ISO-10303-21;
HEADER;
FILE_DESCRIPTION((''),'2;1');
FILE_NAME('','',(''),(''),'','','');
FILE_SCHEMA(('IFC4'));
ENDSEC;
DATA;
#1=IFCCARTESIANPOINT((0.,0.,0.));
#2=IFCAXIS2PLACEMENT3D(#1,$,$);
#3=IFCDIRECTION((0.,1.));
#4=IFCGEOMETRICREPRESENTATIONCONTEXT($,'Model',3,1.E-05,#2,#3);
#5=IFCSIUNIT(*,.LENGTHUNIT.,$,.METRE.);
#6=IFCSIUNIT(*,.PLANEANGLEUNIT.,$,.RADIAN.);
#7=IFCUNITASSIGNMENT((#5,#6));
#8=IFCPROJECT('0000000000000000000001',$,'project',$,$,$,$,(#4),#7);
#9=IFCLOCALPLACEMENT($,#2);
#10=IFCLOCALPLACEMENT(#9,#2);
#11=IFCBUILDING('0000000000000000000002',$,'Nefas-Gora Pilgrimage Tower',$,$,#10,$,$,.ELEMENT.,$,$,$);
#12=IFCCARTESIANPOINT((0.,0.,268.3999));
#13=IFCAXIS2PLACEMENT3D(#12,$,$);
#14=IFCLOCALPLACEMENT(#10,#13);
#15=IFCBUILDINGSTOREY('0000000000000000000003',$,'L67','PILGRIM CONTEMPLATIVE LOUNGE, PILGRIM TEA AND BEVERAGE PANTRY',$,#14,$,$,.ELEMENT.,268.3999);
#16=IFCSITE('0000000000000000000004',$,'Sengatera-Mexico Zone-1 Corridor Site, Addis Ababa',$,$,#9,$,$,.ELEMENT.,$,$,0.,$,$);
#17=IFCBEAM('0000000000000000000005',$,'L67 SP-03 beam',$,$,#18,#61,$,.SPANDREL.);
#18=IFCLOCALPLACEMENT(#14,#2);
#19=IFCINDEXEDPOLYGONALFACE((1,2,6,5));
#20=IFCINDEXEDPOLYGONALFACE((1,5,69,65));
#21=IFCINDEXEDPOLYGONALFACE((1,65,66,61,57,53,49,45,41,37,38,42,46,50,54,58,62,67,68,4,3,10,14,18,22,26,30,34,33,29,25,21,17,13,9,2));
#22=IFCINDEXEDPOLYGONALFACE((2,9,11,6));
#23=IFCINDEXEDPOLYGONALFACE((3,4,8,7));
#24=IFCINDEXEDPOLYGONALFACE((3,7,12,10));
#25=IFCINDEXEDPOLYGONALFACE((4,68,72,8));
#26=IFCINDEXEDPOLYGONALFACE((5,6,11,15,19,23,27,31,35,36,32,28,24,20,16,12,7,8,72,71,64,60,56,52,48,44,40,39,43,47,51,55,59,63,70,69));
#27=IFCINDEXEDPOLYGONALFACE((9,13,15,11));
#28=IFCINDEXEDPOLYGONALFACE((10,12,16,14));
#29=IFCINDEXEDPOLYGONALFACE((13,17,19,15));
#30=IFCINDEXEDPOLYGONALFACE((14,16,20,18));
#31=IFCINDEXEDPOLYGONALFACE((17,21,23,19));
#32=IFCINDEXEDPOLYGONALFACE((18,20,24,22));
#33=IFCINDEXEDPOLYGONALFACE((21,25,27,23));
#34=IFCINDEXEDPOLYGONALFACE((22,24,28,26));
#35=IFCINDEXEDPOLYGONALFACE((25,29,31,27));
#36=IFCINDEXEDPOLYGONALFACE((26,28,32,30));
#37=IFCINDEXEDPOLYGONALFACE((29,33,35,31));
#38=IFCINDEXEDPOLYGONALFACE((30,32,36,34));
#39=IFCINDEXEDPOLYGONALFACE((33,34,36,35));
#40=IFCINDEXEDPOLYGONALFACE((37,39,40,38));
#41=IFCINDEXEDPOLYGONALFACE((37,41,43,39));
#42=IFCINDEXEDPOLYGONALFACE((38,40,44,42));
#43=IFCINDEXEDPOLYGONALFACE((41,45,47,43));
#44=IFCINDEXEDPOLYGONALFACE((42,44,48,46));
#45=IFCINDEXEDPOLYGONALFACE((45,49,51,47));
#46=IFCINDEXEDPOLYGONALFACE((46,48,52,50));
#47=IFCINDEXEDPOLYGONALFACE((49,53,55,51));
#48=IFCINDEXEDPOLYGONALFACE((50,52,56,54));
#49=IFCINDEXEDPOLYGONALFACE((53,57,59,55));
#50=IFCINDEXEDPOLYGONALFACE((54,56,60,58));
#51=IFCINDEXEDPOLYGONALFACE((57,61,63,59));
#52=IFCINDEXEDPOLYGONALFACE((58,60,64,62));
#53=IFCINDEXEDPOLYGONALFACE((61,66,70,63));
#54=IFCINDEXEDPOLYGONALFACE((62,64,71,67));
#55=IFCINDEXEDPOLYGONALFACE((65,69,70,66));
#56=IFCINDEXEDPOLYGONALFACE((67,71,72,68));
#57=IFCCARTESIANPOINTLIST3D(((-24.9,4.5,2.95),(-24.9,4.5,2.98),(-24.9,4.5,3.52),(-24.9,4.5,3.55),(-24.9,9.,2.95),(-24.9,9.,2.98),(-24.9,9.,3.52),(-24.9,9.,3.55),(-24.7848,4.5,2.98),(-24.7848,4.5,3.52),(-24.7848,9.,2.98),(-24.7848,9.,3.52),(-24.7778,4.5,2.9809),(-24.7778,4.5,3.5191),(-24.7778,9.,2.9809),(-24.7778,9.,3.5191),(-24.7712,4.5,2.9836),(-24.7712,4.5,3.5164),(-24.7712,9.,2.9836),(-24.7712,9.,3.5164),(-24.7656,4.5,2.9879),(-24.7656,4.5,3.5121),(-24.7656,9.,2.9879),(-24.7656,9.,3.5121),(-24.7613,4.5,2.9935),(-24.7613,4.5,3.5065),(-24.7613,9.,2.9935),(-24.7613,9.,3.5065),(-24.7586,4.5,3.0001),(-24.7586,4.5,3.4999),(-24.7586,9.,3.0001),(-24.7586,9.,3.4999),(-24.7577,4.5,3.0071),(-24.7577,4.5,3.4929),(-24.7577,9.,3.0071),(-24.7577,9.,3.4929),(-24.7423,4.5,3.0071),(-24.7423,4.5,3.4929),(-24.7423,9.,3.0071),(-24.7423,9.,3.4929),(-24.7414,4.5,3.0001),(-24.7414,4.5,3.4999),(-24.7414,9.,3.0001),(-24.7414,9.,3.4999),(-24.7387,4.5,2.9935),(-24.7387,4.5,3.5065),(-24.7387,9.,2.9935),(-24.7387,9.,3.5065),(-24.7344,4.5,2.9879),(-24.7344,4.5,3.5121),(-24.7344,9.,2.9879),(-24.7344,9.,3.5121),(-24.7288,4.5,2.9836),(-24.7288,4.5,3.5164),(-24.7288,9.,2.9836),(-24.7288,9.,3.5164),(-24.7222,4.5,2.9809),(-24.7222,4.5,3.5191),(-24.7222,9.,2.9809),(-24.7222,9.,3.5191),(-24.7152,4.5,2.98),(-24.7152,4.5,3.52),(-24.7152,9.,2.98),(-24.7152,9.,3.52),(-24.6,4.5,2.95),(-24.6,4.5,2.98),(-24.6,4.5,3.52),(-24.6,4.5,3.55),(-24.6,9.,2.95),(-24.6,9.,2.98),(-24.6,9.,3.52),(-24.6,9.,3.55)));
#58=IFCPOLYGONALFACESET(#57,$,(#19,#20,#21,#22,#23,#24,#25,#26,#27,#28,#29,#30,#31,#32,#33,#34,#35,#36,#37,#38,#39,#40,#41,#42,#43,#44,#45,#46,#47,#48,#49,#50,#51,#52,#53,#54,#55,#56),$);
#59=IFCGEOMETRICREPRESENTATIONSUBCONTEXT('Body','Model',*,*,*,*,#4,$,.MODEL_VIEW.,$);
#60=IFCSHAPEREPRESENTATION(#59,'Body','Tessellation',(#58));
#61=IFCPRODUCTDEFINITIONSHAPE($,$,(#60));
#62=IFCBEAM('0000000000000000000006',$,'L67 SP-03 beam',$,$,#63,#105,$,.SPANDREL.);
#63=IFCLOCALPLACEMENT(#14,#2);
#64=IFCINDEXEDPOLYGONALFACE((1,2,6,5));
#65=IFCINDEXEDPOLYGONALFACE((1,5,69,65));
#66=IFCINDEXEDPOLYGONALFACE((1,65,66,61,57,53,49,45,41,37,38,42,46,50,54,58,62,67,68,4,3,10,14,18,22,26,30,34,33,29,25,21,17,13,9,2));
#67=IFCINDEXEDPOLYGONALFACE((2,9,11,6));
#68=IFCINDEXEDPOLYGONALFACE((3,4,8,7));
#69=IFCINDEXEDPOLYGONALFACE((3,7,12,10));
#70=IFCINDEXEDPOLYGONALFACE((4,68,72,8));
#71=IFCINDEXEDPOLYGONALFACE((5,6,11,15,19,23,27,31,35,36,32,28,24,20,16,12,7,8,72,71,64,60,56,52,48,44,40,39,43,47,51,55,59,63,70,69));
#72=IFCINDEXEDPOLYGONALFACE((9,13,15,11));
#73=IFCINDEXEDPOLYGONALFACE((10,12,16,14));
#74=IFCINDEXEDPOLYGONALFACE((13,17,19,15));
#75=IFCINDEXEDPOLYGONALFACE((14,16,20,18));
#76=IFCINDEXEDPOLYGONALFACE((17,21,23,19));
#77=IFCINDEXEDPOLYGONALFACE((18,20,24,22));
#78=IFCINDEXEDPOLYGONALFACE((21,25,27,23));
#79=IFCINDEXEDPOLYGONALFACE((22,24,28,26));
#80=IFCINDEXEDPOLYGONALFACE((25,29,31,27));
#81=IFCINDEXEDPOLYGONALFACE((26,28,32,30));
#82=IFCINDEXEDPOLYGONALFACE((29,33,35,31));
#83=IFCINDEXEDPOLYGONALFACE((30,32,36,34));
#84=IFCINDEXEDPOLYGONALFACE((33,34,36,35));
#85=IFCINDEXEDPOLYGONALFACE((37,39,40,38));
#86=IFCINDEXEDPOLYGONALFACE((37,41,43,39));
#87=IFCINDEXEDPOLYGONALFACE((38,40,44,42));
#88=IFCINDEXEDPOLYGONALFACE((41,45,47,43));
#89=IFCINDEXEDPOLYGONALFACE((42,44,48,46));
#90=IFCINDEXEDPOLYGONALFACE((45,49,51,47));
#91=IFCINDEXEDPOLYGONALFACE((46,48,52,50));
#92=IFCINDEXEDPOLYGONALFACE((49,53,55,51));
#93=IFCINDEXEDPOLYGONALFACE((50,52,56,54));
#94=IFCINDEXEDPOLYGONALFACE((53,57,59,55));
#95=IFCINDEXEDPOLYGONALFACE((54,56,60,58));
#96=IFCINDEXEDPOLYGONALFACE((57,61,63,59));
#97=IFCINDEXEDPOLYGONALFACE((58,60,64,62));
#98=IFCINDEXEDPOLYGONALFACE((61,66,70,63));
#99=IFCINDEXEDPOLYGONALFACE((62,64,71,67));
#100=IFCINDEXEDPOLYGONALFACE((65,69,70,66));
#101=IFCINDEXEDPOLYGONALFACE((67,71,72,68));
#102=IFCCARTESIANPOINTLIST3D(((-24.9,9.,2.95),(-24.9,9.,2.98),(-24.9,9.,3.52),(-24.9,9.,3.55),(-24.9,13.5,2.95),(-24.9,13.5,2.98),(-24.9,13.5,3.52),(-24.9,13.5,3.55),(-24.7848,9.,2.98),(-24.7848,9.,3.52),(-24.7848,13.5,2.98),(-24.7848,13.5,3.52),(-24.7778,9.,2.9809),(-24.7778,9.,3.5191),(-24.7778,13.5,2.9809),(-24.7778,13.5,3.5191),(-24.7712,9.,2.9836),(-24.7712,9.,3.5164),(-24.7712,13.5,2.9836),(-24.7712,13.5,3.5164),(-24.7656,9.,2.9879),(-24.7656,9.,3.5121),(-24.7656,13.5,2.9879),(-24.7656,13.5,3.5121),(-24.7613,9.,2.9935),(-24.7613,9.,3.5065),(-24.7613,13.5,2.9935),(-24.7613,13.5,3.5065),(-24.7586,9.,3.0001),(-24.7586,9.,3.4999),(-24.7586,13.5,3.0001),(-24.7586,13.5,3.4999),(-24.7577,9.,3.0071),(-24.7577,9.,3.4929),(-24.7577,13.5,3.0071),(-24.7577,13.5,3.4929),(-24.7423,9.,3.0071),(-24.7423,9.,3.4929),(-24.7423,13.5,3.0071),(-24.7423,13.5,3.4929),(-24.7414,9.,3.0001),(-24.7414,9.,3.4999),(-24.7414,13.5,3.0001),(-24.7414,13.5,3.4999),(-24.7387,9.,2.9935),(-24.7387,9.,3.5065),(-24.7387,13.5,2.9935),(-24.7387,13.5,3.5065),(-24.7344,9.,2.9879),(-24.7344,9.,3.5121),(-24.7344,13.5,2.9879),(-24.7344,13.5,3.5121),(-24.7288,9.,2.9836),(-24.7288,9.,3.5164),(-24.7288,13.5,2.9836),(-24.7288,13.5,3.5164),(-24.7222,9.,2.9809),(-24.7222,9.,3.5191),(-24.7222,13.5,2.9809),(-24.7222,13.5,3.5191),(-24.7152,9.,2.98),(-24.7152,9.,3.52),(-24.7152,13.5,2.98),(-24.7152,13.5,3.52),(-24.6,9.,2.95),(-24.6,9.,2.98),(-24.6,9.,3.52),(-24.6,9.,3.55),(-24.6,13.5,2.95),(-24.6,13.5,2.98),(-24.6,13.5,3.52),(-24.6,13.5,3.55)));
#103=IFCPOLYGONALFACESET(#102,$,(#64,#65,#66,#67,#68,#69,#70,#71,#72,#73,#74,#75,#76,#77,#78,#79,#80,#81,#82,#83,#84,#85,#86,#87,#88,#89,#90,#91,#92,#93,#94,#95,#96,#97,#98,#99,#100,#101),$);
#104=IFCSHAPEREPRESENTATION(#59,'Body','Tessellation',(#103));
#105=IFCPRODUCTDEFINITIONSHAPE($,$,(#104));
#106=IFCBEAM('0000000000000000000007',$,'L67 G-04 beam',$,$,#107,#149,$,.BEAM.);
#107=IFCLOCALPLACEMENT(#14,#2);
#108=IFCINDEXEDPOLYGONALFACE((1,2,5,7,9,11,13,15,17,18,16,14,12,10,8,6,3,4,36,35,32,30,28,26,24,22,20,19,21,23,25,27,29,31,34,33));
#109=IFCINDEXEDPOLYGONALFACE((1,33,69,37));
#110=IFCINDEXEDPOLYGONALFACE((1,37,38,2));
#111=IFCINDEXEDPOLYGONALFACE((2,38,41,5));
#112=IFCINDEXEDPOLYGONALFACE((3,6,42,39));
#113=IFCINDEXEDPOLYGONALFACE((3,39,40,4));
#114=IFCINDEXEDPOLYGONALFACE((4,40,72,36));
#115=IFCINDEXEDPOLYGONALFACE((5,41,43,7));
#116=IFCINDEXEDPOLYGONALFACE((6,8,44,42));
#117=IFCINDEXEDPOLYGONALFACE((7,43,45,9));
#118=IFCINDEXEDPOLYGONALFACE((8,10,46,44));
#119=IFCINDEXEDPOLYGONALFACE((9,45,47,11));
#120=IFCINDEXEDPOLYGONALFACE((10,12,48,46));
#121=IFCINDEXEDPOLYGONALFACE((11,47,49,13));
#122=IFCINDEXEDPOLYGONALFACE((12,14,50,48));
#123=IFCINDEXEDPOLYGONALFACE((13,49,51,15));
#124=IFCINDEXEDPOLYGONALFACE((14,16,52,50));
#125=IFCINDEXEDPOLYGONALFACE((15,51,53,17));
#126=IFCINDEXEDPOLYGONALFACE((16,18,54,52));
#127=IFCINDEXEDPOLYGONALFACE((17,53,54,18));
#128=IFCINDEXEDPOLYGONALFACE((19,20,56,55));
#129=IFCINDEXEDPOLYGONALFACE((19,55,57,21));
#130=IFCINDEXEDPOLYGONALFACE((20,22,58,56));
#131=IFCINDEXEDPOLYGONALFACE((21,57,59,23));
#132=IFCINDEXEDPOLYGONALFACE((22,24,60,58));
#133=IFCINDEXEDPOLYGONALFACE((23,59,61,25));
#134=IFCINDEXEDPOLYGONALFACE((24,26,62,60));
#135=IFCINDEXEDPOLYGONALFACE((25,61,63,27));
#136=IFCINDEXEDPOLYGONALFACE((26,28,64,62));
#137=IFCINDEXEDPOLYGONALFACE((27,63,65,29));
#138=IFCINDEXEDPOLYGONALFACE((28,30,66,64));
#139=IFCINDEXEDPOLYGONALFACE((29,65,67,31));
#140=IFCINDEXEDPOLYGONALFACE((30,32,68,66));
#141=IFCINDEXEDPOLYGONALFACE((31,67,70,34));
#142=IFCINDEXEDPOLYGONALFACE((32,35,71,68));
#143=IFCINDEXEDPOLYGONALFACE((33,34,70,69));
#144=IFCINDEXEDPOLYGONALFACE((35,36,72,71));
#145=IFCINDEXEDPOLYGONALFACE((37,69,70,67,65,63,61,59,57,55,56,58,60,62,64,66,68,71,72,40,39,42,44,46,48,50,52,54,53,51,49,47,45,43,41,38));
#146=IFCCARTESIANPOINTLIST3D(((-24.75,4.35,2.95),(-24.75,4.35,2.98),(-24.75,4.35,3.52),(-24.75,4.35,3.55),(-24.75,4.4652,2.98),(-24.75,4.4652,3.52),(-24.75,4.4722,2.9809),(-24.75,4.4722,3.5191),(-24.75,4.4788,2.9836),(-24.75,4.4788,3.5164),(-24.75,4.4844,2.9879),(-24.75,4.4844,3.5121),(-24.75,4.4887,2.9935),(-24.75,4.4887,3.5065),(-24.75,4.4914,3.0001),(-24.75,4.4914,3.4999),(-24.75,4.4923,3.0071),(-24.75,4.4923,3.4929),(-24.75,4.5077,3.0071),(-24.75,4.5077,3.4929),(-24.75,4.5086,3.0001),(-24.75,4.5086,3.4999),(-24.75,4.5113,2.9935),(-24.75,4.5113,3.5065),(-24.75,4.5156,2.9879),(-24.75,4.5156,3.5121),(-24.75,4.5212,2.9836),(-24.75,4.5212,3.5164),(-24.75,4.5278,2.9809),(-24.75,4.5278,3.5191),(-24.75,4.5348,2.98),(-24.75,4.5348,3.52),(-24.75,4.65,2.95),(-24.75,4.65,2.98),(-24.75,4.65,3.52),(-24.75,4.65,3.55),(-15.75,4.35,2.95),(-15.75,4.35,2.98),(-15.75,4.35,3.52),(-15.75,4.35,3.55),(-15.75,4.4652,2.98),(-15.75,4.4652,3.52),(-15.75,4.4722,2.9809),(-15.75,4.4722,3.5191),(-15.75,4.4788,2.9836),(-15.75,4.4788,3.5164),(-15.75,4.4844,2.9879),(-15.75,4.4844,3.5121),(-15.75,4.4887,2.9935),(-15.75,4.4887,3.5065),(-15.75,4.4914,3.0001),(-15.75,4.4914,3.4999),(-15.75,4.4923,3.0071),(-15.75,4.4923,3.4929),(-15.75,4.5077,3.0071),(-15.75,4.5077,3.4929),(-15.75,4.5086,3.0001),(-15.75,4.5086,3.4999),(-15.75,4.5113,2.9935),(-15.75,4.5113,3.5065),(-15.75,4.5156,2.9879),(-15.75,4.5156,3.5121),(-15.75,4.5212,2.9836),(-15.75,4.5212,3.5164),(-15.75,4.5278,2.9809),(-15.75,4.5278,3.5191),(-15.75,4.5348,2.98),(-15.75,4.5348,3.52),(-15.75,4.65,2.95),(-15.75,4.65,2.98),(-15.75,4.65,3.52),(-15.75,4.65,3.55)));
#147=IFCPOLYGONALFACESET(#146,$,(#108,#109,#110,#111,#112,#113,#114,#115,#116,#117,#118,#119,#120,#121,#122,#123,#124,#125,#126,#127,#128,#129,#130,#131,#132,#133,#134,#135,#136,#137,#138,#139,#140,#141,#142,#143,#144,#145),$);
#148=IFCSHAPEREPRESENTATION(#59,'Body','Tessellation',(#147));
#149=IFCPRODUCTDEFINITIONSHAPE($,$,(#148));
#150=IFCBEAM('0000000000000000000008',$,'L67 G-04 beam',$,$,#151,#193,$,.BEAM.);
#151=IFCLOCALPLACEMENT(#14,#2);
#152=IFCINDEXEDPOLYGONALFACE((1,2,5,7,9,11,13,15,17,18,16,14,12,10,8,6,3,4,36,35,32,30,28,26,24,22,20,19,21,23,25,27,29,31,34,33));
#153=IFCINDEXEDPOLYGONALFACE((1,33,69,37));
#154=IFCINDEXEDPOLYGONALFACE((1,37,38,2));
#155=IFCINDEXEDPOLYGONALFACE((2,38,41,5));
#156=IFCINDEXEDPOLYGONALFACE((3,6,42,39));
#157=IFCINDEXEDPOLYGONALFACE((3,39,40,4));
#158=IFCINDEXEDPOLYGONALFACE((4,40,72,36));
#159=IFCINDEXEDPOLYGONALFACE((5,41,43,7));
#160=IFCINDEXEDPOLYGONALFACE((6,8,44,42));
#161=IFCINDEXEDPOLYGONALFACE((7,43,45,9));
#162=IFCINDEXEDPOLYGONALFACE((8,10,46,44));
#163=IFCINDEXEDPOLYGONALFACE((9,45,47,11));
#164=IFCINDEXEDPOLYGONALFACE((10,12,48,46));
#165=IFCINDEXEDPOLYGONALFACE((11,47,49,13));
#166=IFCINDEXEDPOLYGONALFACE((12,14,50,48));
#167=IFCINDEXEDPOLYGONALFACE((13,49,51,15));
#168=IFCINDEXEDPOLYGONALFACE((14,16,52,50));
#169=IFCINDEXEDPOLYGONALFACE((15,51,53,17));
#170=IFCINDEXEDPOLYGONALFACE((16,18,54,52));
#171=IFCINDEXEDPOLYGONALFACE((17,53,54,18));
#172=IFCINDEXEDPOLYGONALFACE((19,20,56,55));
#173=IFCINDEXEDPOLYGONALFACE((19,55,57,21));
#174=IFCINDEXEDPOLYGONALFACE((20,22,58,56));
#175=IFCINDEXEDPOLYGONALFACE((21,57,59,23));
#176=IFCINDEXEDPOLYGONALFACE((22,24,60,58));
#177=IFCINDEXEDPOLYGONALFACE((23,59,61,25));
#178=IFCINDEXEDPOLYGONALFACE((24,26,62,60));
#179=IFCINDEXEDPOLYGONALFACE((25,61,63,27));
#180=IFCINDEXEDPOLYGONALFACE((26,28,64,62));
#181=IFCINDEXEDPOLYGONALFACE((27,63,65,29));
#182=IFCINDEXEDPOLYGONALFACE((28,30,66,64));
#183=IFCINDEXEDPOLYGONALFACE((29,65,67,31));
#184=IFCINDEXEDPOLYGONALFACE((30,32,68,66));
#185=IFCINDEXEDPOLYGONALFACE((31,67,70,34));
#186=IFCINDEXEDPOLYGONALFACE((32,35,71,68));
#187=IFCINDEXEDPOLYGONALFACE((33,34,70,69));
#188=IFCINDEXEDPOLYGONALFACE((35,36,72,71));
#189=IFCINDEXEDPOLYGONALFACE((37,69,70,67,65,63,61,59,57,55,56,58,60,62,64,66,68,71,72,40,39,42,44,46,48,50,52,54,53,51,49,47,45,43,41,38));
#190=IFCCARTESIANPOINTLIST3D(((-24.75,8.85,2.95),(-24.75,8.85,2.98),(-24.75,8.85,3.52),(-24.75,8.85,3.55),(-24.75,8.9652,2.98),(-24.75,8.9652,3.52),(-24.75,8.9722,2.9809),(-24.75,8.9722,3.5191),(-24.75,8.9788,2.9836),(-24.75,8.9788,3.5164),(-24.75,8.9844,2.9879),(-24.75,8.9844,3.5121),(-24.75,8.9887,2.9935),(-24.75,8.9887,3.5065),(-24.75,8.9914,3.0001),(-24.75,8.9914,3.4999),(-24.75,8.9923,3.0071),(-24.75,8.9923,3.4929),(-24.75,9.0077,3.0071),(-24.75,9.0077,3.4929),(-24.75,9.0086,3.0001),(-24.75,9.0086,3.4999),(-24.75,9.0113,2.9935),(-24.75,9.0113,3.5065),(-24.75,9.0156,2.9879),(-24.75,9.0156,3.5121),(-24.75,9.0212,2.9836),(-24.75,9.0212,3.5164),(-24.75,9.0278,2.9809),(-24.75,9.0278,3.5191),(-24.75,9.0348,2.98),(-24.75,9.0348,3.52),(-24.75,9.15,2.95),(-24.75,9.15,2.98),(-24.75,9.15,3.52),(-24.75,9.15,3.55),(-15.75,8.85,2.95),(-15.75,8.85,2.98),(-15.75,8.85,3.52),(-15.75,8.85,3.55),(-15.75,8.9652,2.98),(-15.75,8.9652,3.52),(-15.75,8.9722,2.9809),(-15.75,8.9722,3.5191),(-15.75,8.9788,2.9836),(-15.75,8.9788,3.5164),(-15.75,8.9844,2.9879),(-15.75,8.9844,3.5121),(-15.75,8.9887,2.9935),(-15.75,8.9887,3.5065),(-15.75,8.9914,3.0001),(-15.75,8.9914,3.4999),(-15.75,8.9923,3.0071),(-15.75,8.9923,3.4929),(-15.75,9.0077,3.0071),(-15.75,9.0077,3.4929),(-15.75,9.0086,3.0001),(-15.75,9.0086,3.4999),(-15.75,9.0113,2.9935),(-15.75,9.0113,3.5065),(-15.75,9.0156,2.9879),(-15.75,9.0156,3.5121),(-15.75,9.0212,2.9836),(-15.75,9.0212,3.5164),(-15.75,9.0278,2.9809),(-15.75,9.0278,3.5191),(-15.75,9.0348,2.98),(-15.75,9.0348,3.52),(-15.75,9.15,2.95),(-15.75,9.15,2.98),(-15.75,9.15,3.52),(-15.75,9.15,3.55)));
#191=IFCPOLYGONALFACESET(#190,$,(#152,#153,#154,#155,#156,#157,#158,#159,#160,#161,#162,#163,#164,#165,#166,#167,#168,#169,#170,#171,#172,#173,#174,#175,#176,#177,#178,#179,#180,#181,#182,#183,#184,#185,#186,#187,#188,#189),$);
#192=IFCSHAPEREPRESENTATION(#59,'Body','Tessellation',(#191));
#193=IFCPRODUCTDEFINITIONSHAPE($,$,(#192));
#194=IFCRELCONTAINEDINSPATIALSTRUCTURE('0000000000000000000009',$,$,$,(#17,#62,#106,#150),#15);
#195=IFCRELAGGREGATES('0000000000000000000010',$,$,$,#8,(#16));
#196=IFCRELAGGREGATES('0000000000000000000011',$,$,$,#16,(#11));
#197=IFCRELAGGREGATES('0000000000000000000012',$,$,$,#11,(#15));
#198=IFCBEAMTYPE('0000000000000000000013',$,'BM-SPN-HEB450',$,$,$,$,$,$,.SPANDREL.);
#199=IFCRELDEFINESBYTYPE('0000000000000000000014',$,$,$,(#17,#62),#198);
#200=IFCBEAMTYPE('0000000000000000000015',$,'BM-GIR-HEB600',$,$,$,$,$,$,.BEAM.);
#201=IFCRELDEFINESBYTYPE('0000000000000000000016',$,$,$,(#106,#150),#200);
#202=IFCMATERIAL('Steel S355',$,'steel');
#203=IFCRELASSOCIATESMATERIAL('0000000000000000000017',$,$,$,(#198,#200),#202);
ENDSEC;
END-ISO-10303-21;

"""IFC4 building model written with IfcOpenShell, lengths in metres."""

from ifc_helpers import new_model, si_unit, direction, frame, origin, origin_2d, place, context, subcontext, project, spatial, i_section, extrude, source, transform, mapped, material, material_profile, profile_set, type_object, element, save


model = new_model("IFC4")

# Units and contexts
model_context = context("Model", 3, precision=1e-05, world=origin(), true_north=direction((0.0, 1.0)))
body_context = subcontext(model_context, "Body", "Model", "MODEL_VIEW")
ifc_project = project(units=[si_unit("LENGTHUNIT", "METRE"), si_unit("PLANEANGLEUNIT", "RADIAN")], contexts=[model_context])

# Site, building, storey
site_placement = place(None, origin())
site = spatial("IfcSite", under=ifc_project, at=site_placement, Name="Sengatera-Mexico Zone-1 Corridor Site, Addis Ababa", CompositionType="ELEMENT", RefElevation=0.0)
building_placement = place(site_placement, origin())
building = spatial("IfcBuilding", under=site, at=building_placement, Name="Nefas-Gora Pilgrimage Tower", CompositionType="ELEMENT")
storey_placement = place(building_placement, frame((0.0, 0.0, 268.3999)))
storey = spatial("IfcBuildingStorey", under=building, at=storey_placement, Name="L67", Description="PILGRIM CONTEMPLATIVE LOUNGE, PILGRIM TEA AND BEVERAGE PANTRY", CompositionType="ELEMENT", Elevation=268.3999)

# Shared definitions
ifc_material_1 = material(Name="Steel S355", Category="steel")

# Beams
ifc_material_profile_1 = material_profile(ifc_material_1, i_section(OverallWidth=0.3, OverallDepth=0.6001, WebThickness=0.0154, FlangeThickness=0.03, FilletRadius=0.0271, at=origin_2d()), Name="HEB 600")
ifc_profile_set_1 = profile_set([ifc_material_profile_1], Name="Steel S355")
beam_type_1 = type_object("IfcBeamType", Name="BM-SPN-HEB450", PredefinedType="SPANDREL", material=ifc_profile_set_1)
shared_shape_1 = source(origin(), body_context, "Body", "SweptSolid", [
    extrude(i_section(OverallWidth=0.3, OverallDepth=0.6001, WebThickness=0.0154, FlangeThickness=0.03, FilletRadius=0.0271, at=origin_2d()), origin(), (0.0, 0.0, 1.0), 4.5),
])
for number, where, z_axis, x_axis, name in (
    (1, (-24.75, 4.5, 3.25), (0.0, 1.0, 0.0), (-1.0, 0.0, 0.0), "L67 SP-03 beam"),
    (2, (-24.75, 9.0, 3.25), (0.0, 1.0, 0.0), (-1.0, 0.0, 0.0), "L67 SP-03 beam"),
):
    element("IfcBeam", number, at=place(storey_placement, frame(where, z_axis=z_axis, x_axis=x_axis)), inside=storey, type_object=beam_type_1, Name=name, PredefinedType="SPANDREL", context=body_context, shape_type="MappedRepresentation", body=[
        mapped(shared_shape_1, transform((0.0, 0.0, 0.0), x_axis=(1.0, 0.0, 0.0), y_axis=(0.0, 1.0, 0.0), z_axis=(0.0, 0.0, 1.0), scale=1.0)),
    ])
ifc_material_profile_2 = material_profile(ifc_material_1, i_section(OverallWidth=0.3, OverallDepth=0.6001, WebThickness=0.0154, FlangeThickness=0.03, FilletRadius=0.0271, at=origin_2d()), Name="HEB 600")
ifc_profile_set_2 = profile_set([ifc_material_profile_2], Name="Steel S355")
beam_type_2 = type_object("IfcBeamType", Name="BM-GIR-HEB600", PredefinedType="BEAM", material=ifc_profile_set_2)
shared_shape_2 = source(origin(), body_context, "Body", "SweptSolid", [
    extrude(i_section(OverallWidth=0.3, OverallDepth=0.6001, WebThickness=0.0154, FlangeThickness=0.03, FilletRadius=0.0271, at=origin_2d()), origin(), (0.0, 0.0, 1.0), 9.0),
])
for number, where, z_axis, x_axis, name in (
    (3, (-24.75, 4.5, 3.25), (1.0, 0.0, 0.0), (0.0, 1.0, 0.0), "L67 G-04 beam"),
    (4, (-24.75, 9.0, 3.25), (1.0, 0.0, 0.0), (0.0, 1.0, 0.0), "L67 G-04 beam"),
):
    element("IfcBeam", number, at=place(storey_placement, frame(where, z_axis=z_axis, x_axis=x_axis)), inside=storey, type_object=beam_type_2, Name=name, PredefinedType="BEAM", context=body_context, shape_type="MappedRepresentation", body=[
        mapped(shared_shape_2, transform((0.0, 0.0, 0.0), x_axis=(1.0, 0.0, 0.0), y_axis=(0.0, 1.0, 0.0), z_axis=(0.0, 0.0, 1.0), scale=1.0)),
    ])

save(model, "model.ifc")
